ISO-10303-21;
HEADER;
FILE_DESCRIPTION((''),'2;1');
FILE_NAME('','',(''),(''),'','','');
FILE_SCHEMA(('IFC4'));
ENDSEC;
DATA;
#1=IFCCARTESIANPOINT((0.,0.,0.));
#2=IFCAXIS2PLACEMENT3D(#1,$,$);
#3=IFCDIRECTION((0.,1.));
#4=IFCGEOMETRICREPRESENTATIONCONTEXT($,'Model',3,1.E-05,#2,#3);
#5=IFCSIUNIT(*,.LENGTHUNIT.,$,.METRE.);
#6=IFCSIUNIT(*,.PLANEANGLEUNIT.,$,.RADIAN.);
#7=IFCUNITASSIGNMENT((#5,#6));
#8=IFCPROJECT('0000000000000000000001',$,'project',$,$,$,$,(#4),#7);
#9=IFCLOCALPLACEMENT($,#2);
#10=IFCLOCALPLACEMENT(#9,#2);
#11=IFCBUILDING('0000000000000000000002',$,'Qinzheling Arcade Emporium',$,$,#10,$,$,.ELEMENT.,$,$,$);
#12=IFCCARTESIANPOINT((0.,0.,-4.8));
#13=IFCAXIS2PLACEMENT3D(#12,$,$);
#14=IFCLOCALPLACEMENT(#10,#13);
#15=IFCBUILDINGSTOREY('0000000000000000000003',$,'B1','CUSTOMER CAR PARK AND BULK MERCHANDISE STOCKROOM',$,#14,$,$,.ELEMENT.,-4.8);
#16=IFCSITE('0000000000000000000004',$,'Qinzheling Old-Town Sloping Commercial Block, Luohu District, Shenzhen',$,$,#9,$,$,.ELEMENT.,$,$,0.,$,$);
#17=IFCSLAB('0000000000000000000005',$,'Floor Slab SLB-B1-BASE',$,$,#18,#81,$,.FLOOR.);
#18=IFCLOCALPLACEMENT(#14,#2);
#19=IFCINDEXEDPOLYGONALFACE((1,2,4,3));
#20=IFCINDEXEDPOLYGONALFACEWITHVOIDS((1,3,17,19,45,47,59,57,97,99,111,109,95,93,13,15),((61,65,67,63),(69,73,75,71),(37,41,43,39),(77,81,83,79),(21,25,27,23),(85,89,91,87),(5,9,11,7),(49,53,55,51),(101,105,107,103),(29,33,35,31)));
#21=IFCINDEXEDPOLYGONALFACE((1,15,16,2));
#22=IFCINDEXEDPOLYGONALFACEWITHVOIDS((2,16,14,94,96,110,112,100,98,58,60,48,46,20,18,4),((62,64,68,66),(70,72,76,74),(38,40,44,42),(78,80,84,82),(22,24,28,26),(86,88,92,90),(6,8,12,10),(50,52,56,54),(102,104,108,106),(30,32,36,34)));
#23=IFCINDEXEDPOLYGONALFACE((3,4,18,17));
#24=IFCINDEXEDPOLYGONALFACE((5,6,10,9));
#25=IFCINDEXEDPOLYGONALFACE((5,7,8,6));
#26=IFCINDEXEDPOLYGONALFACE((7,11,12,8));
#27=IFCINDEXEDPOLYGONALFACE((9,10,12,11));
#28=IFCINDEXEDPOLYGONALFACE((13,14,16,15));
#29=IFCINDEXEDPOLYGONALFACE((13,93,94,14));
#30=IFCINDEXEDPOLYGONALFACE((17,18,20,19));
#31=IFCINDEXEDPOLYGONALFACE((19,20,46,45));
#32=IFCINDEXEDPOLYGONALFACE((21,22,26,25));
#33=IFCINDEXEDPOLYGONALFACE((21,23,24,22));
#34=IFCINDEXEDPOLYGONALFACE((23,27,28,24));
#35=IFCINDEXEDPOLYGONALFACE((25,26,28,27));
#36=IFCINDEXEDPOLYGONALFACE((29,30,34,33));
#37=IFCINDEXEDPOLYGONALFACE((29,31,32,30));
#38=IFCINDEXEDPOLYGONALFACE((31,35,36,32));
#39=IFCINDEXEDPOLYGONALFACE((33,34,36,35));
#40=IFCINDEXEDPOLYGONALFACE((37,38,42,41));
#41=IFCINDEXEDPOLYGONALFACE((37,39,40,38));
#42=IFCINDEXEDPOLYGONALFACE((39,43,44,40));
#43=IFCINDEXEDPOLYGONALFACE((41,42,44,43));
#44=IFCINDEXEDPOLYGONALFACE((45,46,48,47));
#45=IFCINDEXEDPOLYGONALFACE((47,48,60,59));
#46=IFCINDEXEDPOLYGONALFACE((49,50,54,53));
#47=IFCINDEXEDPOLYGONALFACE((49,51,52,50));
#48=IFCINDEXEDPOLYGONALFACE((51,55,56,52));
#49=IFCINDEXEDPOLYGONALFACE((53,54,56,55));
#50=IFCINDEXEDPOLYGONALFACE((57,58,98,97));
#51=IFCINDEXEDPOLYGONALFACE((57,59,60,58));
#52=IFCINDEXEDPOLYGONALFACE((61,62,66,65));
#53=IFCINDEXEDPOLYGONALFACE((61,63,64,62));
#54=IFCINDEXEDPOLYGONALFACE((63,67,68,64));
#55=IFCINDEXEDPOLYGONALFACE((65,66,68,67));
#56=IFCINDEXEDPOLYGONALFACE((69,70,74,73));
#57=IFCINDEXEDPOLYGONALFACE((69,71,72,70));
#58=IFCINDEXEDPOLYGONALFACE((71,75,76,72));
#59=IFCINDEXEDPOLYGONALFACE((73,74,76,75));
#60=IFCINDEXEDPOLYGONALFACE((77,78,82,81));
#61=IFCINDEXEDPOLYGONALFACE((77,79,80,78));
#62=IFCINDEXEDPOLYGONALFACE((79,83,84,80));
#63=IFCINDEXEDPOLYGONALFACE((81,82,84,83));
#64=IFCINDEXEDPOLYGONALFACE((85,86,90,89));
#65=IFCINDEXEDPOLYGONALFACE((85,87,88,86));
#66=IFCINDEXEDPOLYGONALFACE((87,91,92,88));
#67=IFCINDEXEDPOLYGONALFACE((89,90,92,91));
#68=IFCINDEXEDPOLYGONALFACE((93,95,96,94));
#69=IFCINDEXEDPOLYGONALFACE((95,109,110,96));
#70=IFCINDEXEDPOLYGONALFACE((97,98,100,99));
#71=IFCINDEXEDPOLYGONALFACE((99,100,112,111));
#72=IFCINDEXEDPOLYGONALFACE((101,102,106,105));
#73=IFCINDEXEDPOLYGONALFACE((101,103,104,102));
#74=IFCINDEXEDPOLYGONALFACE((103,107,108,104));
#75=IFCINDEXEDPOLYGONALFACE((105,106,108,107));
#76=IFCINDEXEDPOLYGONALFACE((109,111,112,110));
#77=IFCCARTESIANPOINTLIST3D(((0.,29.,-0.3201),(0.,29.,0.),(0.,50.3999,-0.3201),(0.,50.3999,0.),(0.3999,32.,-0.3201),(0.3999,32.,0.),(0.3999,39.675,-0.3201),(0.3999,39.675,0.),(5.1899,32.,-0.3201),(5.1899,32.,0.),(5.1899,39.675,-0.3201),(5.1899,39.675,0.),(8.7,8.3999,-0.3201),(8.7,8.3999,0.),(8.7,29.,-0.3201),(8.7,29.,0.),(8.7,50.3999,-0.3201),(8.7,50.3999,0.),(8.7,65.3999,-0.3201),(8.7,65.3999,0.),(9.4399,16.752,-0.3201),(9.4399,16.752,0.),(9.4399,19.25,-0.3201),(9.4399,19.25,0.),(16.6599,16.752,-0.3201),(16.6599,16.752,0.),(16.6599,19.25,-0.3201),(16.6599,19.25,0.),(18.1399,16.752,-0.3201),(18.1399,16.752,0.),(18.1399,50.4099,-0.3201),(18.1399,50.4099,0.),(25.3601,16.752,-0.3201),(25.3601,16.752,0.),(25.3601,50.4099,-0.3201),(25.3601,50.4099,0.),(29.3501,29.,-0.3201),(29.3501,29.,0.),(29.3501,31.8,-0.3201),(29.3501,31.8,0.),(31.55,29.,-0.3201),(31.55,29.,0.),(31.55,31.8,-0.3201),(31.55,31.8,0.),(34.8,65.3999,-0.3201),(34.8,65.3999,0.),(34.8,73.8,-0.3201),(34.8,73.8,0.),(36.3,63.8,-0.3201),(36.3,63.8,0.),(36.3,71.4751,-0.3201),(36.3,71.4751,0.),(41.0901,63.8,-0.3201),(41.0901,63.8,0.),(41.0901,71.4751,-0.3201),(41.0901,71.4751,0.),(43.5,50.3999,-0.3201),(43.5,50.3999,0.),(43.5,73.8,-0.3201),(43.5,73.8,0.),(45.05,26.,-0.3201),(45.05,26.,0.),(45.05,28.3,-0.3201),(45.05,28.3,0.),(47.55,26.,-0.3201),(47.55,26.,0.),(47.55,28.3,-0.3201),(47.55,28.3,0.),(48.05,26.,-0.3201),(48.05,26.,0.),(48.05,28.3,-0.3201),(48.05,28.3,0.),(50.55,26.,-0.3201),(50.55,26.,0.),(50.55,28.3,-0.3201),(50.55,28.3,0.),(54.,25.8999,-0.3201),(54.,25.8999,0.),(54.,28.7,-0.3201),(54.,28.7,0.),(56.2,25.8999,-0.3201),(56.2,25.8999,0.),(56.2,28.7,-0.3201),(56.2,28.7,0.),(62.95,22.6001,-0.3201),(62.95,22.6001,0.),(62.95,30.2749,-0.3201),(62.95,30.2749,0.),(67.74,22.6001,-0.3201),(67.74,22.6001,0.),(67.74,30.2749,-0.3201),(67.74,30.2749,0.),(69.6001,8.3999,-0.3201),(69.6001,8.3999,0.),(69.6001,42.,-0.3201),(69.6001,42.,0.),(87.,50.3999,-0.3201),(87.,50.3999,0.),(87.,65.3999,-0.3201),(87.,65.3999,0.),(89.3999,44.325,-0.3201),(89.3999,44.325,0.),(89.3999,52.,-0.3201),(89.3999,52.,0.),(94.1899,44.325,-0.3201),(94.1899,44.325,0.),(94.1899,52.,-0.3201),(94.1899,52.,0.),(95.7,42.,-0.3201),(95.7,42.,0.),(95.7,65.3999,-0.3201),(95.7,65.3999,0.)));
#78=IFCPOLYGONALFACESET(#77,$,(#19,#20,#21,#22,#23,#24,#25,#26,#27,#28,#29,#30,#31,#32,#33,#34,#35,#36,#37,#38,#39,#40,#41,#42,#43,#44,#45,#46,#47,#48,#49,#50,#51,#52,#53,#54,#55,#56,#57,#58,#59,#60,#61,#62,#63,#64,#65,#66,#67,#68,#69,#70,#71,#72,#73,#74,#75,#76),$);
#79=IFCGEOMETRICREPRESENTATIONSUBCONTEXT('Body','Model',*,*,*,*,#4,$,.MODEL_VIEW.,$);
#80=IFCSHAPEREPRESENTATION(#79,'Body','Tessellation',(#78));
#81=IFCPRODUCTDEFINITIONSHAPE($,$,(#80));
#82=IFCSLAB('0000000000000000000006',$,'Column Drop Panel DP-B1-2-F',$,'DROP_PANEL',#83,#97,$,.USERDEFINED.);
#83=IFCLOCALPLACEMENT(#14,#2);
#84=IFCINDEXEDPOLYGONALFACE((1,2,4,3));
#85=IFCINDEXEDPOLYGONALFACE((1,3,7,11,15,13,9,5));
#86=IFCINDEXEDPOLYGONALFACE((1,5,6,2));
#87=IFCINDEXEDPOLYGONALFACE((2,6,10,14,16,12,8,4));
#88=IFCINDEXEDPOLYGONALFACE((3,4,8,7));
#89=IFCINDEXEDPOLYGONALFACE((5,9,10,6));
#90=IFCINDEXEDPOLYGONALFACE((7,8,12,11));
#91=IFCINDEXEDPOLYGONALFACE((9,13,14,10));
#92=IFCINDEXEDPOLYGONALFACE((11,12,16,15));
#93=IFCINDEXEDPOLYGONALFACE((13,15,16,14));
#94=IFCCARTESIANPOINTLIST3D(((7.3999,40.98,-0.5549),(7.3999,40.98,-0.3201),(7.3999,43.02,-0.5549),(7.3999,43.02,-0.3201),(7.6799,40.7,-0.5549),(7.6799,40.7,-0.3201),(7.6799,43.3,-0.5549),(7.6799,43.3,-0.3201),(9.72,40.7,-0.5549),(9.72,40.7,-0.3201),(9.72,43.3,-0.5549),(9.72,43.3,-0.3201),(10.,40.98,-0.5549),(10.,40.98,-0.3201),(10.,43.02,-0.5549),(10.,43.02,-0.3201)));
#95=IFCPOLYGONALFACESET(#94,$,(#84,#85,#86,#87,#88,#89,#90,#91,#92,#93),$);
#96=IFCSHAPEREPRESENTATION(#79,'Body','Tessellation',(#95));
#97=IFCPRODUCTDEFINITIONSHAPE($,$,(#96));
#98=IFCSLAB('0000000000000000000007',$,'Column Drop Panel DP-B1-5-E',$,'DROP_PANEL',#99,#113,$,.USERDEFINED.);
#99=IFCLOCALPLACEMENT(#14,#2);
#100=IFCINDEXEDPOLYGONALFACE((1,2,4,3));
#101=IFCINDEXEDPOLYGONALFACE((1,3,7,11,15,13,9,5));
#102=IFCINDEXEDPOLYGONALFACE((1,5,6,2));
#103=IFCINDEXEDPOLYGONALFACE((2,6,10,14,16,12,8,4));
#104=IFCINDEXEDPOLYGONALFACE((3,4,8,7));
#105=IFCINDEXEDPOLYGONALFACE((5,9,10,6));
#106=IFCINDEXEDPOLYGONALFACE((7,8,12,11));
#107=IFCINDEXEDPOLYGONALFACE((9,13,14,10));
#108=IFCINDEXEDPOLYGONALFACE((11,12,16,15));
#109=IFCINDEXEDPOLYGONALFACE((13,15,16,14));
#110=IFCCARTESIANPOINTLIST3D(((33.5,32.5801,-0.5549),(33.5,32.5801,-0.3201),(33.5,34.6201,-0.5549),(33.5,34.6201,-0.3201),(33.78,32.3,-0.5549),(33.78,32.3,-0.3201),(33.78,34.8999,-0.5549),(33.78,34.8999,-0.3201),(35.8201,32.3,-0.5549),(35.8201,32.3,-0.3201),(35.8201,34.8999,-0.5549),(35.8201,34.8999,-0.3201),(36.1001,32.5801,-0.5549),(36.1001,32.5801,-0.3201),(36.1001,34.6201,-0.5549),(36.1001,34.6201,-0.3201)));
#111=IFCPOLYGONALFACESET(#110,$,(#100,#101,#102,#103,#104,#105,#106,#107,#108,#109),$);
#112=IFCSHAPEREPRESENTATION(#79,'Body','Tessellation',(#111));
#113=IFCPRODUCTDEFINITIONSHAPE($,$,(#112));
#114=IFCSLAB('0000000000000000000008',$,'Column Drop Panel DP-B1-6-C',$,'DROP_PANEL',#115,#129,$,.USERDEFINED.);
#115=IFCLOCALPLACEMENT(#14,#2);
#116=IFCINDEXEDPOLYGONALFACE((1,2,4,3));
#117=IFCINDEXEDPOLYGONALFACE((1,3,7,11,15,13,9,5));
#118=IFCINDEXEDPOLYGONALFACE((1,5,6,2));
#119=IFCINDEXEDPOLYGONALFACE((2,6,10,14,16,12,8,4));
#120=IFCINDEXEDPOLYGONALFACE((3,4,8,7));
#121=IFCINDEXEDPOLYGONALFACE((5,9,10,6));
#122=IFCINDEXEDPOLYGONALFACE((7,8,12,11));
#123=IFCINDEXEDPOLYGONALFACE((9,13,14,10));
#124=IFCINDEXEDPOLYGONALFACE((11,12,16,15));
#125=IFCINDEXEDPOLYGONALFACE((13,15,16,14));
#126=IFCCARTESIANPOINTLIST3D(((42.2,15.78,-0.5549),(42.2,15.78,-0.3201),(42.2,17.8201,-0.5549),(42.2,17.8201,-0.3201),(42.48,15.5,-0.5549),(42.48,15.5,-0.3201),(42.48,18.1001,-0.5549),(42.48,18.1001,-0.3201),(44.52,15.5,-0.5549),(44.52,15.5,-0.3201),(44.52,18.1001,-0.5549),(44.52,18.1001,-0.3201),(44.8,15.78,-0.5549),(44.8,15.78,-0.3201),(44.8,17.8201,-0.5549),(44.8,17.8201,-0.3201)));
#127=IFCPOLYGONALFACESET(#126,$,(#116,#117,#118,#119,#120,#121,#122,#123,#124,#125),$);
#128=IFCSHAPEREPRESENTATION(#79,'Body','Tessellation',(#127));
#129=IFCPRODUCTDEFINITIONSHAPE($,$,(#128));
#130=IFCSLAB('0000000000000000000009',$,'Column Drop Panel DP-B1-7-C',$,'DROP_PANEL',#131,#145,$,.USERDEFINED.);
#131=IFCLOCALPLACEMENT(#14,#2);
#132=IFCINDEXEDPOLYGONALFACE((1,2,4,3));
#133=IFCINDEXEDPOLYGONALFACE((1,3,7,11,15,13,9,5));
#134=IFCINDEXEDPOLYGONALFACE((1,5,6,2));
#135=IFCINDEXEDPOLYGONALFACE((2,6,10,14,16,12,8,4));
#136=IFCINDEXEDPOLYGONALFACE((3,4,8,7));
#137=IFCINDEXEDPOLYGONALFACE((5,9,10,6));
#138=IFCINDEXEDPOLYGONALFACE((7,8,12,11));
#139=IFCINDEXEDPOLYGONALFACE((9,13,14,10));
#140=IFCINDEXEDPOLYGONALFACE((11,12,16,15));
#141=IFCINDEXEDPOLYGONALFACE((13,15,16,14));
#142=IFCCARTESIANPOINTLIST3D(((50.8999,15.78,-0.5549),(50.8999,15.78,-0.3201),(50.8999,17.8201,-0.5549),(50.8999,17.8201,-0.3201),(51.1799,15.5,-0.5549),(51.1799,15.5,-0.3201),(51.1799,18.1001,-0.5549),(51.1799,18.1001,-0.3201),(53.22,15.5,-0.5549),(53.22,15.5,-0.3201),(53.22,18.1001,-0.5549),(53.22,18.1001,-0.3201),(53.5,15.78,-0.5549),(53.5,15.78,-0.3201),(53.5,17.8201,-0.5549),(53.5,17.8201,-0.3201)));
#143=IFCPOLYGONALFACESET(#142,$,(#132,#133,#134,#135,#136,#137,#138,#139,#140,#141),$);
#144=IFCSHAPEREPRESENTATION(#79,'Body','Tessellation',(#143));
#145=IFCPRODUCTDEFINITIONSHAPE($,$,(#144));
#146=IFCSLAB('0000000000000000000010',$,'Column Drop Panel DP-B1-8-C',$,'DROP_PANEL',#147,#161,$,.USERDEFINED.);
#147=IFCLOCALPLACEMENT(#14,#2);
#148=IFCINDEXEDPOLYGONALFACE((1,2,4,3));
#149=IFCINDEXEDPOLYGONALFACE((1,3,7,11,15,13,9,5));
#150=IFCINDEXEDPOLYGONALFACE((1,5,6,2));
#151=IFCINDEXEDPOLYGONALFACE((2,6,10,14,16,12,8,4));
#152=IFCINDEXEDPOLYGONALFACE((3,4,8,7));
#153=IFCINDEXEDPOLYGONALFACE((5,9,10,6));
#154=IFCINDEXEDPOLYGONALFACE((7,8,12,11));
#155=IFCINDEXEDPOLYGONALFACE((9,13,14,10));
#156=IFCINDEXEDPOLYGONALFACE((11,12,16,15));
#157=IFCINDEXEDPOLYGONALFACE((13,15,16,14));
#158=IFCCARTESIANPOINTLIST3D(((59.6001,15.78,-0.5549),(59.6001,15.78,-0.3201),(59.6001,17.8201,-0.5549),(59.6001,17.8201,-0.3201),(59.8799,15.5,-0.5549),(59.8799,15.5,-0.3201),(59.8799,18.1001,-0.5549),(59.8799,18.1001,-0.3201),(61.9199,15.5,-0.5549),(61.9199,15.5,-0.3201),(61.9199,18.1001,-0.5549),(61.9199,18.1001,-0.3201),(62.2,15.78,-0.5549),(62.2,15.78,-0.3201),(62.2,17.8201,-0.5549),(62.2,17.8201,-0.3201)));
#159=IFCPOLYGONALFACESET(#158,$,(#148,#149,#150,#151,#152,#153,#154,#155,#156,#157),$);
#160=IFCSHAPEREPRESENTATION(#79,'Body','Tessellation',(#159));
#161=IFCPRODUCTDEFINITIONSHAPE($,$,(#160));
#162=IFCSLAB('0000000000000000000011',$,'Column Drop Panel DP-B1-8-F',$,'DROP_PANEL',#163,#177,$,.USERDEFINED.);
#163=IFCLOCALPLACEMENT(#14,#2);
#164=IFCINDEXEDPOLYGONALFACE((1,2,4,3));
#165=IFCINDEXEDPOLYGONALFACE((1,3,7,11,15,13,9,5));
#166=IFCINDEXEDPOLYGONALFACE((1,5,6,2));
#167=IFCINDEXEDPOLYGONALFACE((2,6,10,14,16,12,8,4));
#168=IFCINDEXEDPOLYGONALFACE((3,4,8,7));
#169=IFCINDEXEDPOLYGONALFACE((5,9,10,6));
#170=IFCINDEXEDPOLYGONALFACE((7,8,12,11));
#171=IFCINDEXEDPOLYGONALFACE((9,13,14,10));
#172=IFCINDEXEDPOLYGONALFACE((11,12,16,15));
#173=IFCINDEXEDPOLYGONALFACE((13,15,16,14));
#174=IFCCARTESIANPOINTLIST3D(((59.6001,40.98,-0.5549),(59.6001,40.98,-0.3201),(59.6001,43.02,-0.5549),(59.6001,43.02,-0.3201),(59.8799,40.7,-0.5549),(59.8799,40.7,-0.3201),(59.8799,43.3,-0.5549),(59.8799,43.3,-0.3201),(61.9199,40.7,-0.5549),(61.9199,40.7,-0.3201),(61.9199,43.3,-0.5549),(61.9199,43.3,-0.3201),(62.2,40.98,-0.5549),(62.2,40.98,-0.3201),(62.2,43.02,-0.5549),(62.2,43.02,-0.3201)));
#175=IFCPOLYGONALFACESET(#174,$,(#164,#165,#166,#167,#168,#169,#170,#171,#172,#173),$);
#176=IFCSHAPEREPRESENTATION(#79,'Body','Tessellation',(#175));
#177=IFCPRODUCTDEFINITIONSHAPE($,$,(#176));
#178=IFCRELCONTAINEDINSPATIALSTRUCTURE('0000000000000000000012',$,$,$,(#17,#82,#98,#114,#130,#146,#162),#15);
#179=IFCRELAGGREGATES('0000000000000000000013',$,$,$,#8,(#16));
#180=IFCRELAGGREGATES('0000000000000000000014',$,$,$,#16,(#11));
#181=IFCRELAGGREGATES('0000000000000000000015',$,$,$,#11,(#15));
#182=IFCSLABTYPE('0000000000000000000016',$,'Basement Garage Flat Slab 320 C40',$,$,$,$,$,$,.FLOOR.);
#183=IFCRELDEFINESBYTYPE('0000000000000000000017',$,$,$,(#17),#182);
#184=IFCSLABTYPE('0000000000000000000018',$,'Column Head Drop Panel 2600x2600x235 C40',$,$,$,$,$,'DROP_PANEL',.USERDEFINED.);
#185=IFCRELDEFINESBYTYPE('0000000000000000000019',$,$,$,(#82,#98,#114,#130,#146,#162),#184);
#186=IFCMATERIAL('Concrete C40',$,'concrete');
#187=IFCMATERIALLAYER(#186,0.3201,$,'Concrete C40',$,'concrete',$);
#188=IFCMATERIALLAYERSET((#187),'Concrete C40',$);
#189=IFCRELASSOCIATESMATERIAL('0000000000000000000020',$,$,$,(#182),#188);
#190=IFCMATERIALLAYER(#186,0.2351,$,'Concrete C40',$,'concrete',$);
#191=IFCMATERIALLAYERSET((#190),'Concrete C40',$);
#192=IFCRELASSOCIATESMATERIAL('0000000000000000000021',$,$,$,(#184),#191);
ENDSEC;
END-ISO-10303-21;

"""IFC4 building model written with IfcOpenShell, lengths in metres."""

from ifc_helpers import new_model, si_unit, direction, frame, origin, place, context, subcontext, project, spatial, polyline, outline, extrude, material, layer, layer_set, type_object, element, save


model = new_model("IFC4")

# Units and contexts
model_context = context("Model", 3, precision=1e-05, world=origin(), true_north=direction((0.0, 1.0)))
body_context = subcontext(model_context, "Body", "Model", "MODEL_VIEW")
ifc_project = project(units=[si_unit("LENGTHUNIT", "METRE"), si_unit("PLANEANGLEUNIT", "RADIAN")], contexts=[model_context])

# Site, building, storey
site_placement = place(None, origin())
site = spatial("IfcSite", under=ifc_project, at=site_placement, Name="Qinzheling Old-Town Sloping Commercial Block, Luohu District, Shenzhen", CompositionType="ELEMENT", RefElevation=0.0)
building_placement = place(site_placement, origin())
building = spatial("IfcBuilding", under=site, at=building_placement, Name="Qinzheling Arcade Emporium", CompositionType="ELEMENT")
storey_placement = place(building_placement, frame((0.0, 0.0, -4.8)))
storey = spatial("IfcBuildingStorey", under=building, at=storey_placement, Name="B1", Description="CUSTOMER CAR PARK AND BULK MERCHANDISE STOCKROOM", CompositionType="ELEMENT", Elevation=-4.8)

# Shared definitions
ifc_material_1 = material(Name="Concrete C40", Category="concrete")

# Slabs
ifc_layer_1 = layer(ifc_material_1, 0.3201, Name="Concrete C40", Category="concrete")
ifc_layer_set_1 = layer_set([ifc_layer_1], Name="Concrete C40")
slab_type_1 = type_object("IfcSlabType", Name="Basement Garage Flat Slab 320 C40", PredefinedType="FLOOR", material=ifc_layer_set_1)
slab_1_placement = place(storey_placement, frame((0.0, 0.0, -0.3201)))
element("IfcSlab", 1, at=slab_1_placement, inside=storey, type_object=slab_type_1, Name="Floor Slab SLB-B1-BASE", PredefinedType="FLOOR", context=body_context, shape_type="SweptSolid", body=[
    extrude(outline(polyline([(8.7, 8.3999), (69.6001, 8.3999), (69.6001, 42.0), (95.7, 42.0), (95.7, 65.3999), (87.0, 65.3999), (87.0, 50.3999), (43.5, 50.3999), (43.5, 73.8), (34.8, 73.8), (34.8, 65.3999), (8.7, 65.3999), (8.7, 50.3999), (0.0, 50.3999), (0.0, 29.0), (8.7, 29.0), (8.7, 8.3999)]), holes=[polyline([(94.1899, 44.325), (89.3999, 44.325), (89.3999, 52.0), (94.1899, 52.0), (94.1899, 44.325)]), polyline([(67.74, 30.2749), (67.74, 22.6001), (62.95, 22.6001), (62.95, 30.2749), (67.74, 30.2749)]), polyline([(56.2, 25.8999), (54.0, 25.8999), (54.0, 28.7), (56.2, 28.7), (56.2, 25.8999)]), polyline([(50.55, 26.0), (48.05, 26.0), (48.05, 28.3), (50.55, 28.3), (50.55, 26.0)]), polyline([(47.55, 28.3), (47.55, 26.0), (45.05, 26.0), (45.05, 28.3), (47.55, 28.3)]), polyline([(41.0901, 63.8), (36.3, 63.8), (36.3, 71.4751), (41.0901, 71.4751), (41.0901, 63.8)]), polyline([(31.55, 31.8), (31.55, 29.0), (29.3501, 29.0), (29.3501, 31.8), (31.55, 31.8)]), polyline([(25.3601, 50.4099), (25.3601, 16.752), (18.1399, 16.752), (18.1399, 50.4099), (25.3601, 50.4099)]), polyline([(16.6599, 19.25), (16.6599, 16.752), (9.4399, 16.752), (9.4399, 19.25), (16.6599, 19.25)]), polyline([(5.1899, 39.675), (5.1899, 32.0), (0.3999, 32.0), (0.3999, 39.675), (5.1899, 39.675)])]), origin(), (0.0, 0.0, 1.0), 0.3201),
])
ifc_layer_2 = layer(ifc_material_1, 0.2351, Name="Concrete C40", Category="concrete")
ifc_layer_set_2 = layer_set([ifc_layer_2], Name="Concrete C40")
slab_type_2 = type_object("IfcSlabType", Name="Column Head Drop Panel 2600x2600x235 C40", ElementType="DROP_PANEL", PredefinedType="USERDEFINED", material=ifc_layer_set_2)
slab_2_placement = place(storey_placement, frame((0.0, 0.0, -0.5549)))
element("IfcSlab", 2, at=slab_2_placement, inside=storey, type_object=slab_type_2, Name="Column Drop Panel DP-B1-2-F", ObjectType="DROP_PANEL", PredefinedType="USERDEFINED", context=body_context, shape_type="SweptSolid", body=[
    extrude(outline(polyline([(7.6799, 40.7), (9.72, 40.7), (10.0, 40.98), (10.0, 43.02), (9.72, 43.3), (7.6799, 43.3), (7.3999, 43.02), (7.3999, 40.98), (7.6799, 40.7)])), origin(), (0.0, 0.0, 1.0), 0.2349),
])
slab_3_placement = place(storey_placement, frame((0.0, 0.0, -0.5549)))
element("IfcSlab", 3, at=slab_3_placement, inside=storey, type_object=slab_type_2, Name="Column Drop Panel DP-B1-5-E", ObjectType="DROP_PANEL", PredefinedType="USERDEFINED", context=body_context, shape_type="SweptSolid", body=[
    extrude(outline(polyline([(33.78, 32.3), (35.8201, 32.3), (36.1001, 32.5801), (36.1001, 34.6201), (35.8201, 34.8999), (33.78, 34.8999), (33.5, 34.6201), (33.5, 32.5801), (33.78, 32.3)])), origin(), (0.0, 0.0, 1.0), 0.2349),
])
slab_4_placement = place(storey_placement, frame((0.0, 0.0, -0.5549)))
element("IfcSlab", 4, at=slab_4_placement, inside=storey, type_object=slab_type_2, Name="Column Drop Panel DP-B1-6-C", ObjectType="DROP_PANEL", PredefinedType="USERDEFINED", context=body_context, shape_type="SweptSolid", body=[
    extrude(outline(polyline([(42.48, 15.5), (44.52, 15.5), (44.8, 15.78), (44.8, 17.8201), (44.52, 18.1001), (42.48, 18.1001), (42.2, 17.8201), (42.2, 15.78), (42.48, 15.5)])), origin(), (0.0, 0.0, 1.0), 0.2349),
])
slab_5_placement = place(storey_placement, frame((0.0, 0.0, -0.5549)))
element("IfcSlab", 5, at=slab_5_placement, inside=storey, type_object=slab_type_2, Name="Column Drop Panel DP-B1-7-C", ObjectType="DROP_PANEL", PredefinedType="USERDEFINED", context=body_context, shape_type="SweptSolid", body=[
    extrude(outline(polyline([(51.1799, 15.5), (53.22, 15.5), (53.5, 15.78), (53.5, 17.8201), (53.22, 18.1001), (51.1799, 18.1001), (50.8999, 17.8201), (50.8999, 15.78), (51.1799, 15.5)])), origin(), (0.0, 0.0, 1.0), 0.2349),
])
slab_6_placement = place(storey_placement, frame((0.0, 0.0, -0.5549)))
element("IfcSlab", 6, at=slab_6_placement, inside=storey, type_object=slab_type_2, Name="Column Drop Panel DP-B1-8-C", ObjectType="DROP_PANEL", PredefinedType="USERDEFINED", context=body_context, shape_type="SweptSolid", body=[
    extrude(outline(polyline([(59.8799, 15.5), (61.9199, 15.5), (62.2, 15.78), (62.2, 17.8201), (61.9199, 18.1001), (59.8799, 18.1001), (59.6001, 17.8201), (59.6001, 15.78), (59.8799, 15.5)])), origin(), (0.0, 0.0, 1.0), 0.2349),
])
slab_7_placement = place(storey_placement, frame((0.0, 0.0, -0.5549)))
element("IfcSlab", 7, at=slab_7_placement, inside=storey, type_object=slab_type_2, Name="Column Drop Panel DP-B1-8-F", ObjectType="DROP_PANEL", PredefinedType="USERDEFINED", context=body_context, shape_type="SweptSolid", body=[
    extrude(outline(polyline([(59.8799, 40.7), (61.9199, 40.7), (62.2, 40.98), (62.2, 43.02), (61.9199, 43.3), (59.8799, 43.3), (59.6001, 43.02), (59.6001, 40.98), (59.8799, 40.7)])), origin(), (0.0, 0.0, 1.0), 0.2349),
])

save(model, "model.ifc")
